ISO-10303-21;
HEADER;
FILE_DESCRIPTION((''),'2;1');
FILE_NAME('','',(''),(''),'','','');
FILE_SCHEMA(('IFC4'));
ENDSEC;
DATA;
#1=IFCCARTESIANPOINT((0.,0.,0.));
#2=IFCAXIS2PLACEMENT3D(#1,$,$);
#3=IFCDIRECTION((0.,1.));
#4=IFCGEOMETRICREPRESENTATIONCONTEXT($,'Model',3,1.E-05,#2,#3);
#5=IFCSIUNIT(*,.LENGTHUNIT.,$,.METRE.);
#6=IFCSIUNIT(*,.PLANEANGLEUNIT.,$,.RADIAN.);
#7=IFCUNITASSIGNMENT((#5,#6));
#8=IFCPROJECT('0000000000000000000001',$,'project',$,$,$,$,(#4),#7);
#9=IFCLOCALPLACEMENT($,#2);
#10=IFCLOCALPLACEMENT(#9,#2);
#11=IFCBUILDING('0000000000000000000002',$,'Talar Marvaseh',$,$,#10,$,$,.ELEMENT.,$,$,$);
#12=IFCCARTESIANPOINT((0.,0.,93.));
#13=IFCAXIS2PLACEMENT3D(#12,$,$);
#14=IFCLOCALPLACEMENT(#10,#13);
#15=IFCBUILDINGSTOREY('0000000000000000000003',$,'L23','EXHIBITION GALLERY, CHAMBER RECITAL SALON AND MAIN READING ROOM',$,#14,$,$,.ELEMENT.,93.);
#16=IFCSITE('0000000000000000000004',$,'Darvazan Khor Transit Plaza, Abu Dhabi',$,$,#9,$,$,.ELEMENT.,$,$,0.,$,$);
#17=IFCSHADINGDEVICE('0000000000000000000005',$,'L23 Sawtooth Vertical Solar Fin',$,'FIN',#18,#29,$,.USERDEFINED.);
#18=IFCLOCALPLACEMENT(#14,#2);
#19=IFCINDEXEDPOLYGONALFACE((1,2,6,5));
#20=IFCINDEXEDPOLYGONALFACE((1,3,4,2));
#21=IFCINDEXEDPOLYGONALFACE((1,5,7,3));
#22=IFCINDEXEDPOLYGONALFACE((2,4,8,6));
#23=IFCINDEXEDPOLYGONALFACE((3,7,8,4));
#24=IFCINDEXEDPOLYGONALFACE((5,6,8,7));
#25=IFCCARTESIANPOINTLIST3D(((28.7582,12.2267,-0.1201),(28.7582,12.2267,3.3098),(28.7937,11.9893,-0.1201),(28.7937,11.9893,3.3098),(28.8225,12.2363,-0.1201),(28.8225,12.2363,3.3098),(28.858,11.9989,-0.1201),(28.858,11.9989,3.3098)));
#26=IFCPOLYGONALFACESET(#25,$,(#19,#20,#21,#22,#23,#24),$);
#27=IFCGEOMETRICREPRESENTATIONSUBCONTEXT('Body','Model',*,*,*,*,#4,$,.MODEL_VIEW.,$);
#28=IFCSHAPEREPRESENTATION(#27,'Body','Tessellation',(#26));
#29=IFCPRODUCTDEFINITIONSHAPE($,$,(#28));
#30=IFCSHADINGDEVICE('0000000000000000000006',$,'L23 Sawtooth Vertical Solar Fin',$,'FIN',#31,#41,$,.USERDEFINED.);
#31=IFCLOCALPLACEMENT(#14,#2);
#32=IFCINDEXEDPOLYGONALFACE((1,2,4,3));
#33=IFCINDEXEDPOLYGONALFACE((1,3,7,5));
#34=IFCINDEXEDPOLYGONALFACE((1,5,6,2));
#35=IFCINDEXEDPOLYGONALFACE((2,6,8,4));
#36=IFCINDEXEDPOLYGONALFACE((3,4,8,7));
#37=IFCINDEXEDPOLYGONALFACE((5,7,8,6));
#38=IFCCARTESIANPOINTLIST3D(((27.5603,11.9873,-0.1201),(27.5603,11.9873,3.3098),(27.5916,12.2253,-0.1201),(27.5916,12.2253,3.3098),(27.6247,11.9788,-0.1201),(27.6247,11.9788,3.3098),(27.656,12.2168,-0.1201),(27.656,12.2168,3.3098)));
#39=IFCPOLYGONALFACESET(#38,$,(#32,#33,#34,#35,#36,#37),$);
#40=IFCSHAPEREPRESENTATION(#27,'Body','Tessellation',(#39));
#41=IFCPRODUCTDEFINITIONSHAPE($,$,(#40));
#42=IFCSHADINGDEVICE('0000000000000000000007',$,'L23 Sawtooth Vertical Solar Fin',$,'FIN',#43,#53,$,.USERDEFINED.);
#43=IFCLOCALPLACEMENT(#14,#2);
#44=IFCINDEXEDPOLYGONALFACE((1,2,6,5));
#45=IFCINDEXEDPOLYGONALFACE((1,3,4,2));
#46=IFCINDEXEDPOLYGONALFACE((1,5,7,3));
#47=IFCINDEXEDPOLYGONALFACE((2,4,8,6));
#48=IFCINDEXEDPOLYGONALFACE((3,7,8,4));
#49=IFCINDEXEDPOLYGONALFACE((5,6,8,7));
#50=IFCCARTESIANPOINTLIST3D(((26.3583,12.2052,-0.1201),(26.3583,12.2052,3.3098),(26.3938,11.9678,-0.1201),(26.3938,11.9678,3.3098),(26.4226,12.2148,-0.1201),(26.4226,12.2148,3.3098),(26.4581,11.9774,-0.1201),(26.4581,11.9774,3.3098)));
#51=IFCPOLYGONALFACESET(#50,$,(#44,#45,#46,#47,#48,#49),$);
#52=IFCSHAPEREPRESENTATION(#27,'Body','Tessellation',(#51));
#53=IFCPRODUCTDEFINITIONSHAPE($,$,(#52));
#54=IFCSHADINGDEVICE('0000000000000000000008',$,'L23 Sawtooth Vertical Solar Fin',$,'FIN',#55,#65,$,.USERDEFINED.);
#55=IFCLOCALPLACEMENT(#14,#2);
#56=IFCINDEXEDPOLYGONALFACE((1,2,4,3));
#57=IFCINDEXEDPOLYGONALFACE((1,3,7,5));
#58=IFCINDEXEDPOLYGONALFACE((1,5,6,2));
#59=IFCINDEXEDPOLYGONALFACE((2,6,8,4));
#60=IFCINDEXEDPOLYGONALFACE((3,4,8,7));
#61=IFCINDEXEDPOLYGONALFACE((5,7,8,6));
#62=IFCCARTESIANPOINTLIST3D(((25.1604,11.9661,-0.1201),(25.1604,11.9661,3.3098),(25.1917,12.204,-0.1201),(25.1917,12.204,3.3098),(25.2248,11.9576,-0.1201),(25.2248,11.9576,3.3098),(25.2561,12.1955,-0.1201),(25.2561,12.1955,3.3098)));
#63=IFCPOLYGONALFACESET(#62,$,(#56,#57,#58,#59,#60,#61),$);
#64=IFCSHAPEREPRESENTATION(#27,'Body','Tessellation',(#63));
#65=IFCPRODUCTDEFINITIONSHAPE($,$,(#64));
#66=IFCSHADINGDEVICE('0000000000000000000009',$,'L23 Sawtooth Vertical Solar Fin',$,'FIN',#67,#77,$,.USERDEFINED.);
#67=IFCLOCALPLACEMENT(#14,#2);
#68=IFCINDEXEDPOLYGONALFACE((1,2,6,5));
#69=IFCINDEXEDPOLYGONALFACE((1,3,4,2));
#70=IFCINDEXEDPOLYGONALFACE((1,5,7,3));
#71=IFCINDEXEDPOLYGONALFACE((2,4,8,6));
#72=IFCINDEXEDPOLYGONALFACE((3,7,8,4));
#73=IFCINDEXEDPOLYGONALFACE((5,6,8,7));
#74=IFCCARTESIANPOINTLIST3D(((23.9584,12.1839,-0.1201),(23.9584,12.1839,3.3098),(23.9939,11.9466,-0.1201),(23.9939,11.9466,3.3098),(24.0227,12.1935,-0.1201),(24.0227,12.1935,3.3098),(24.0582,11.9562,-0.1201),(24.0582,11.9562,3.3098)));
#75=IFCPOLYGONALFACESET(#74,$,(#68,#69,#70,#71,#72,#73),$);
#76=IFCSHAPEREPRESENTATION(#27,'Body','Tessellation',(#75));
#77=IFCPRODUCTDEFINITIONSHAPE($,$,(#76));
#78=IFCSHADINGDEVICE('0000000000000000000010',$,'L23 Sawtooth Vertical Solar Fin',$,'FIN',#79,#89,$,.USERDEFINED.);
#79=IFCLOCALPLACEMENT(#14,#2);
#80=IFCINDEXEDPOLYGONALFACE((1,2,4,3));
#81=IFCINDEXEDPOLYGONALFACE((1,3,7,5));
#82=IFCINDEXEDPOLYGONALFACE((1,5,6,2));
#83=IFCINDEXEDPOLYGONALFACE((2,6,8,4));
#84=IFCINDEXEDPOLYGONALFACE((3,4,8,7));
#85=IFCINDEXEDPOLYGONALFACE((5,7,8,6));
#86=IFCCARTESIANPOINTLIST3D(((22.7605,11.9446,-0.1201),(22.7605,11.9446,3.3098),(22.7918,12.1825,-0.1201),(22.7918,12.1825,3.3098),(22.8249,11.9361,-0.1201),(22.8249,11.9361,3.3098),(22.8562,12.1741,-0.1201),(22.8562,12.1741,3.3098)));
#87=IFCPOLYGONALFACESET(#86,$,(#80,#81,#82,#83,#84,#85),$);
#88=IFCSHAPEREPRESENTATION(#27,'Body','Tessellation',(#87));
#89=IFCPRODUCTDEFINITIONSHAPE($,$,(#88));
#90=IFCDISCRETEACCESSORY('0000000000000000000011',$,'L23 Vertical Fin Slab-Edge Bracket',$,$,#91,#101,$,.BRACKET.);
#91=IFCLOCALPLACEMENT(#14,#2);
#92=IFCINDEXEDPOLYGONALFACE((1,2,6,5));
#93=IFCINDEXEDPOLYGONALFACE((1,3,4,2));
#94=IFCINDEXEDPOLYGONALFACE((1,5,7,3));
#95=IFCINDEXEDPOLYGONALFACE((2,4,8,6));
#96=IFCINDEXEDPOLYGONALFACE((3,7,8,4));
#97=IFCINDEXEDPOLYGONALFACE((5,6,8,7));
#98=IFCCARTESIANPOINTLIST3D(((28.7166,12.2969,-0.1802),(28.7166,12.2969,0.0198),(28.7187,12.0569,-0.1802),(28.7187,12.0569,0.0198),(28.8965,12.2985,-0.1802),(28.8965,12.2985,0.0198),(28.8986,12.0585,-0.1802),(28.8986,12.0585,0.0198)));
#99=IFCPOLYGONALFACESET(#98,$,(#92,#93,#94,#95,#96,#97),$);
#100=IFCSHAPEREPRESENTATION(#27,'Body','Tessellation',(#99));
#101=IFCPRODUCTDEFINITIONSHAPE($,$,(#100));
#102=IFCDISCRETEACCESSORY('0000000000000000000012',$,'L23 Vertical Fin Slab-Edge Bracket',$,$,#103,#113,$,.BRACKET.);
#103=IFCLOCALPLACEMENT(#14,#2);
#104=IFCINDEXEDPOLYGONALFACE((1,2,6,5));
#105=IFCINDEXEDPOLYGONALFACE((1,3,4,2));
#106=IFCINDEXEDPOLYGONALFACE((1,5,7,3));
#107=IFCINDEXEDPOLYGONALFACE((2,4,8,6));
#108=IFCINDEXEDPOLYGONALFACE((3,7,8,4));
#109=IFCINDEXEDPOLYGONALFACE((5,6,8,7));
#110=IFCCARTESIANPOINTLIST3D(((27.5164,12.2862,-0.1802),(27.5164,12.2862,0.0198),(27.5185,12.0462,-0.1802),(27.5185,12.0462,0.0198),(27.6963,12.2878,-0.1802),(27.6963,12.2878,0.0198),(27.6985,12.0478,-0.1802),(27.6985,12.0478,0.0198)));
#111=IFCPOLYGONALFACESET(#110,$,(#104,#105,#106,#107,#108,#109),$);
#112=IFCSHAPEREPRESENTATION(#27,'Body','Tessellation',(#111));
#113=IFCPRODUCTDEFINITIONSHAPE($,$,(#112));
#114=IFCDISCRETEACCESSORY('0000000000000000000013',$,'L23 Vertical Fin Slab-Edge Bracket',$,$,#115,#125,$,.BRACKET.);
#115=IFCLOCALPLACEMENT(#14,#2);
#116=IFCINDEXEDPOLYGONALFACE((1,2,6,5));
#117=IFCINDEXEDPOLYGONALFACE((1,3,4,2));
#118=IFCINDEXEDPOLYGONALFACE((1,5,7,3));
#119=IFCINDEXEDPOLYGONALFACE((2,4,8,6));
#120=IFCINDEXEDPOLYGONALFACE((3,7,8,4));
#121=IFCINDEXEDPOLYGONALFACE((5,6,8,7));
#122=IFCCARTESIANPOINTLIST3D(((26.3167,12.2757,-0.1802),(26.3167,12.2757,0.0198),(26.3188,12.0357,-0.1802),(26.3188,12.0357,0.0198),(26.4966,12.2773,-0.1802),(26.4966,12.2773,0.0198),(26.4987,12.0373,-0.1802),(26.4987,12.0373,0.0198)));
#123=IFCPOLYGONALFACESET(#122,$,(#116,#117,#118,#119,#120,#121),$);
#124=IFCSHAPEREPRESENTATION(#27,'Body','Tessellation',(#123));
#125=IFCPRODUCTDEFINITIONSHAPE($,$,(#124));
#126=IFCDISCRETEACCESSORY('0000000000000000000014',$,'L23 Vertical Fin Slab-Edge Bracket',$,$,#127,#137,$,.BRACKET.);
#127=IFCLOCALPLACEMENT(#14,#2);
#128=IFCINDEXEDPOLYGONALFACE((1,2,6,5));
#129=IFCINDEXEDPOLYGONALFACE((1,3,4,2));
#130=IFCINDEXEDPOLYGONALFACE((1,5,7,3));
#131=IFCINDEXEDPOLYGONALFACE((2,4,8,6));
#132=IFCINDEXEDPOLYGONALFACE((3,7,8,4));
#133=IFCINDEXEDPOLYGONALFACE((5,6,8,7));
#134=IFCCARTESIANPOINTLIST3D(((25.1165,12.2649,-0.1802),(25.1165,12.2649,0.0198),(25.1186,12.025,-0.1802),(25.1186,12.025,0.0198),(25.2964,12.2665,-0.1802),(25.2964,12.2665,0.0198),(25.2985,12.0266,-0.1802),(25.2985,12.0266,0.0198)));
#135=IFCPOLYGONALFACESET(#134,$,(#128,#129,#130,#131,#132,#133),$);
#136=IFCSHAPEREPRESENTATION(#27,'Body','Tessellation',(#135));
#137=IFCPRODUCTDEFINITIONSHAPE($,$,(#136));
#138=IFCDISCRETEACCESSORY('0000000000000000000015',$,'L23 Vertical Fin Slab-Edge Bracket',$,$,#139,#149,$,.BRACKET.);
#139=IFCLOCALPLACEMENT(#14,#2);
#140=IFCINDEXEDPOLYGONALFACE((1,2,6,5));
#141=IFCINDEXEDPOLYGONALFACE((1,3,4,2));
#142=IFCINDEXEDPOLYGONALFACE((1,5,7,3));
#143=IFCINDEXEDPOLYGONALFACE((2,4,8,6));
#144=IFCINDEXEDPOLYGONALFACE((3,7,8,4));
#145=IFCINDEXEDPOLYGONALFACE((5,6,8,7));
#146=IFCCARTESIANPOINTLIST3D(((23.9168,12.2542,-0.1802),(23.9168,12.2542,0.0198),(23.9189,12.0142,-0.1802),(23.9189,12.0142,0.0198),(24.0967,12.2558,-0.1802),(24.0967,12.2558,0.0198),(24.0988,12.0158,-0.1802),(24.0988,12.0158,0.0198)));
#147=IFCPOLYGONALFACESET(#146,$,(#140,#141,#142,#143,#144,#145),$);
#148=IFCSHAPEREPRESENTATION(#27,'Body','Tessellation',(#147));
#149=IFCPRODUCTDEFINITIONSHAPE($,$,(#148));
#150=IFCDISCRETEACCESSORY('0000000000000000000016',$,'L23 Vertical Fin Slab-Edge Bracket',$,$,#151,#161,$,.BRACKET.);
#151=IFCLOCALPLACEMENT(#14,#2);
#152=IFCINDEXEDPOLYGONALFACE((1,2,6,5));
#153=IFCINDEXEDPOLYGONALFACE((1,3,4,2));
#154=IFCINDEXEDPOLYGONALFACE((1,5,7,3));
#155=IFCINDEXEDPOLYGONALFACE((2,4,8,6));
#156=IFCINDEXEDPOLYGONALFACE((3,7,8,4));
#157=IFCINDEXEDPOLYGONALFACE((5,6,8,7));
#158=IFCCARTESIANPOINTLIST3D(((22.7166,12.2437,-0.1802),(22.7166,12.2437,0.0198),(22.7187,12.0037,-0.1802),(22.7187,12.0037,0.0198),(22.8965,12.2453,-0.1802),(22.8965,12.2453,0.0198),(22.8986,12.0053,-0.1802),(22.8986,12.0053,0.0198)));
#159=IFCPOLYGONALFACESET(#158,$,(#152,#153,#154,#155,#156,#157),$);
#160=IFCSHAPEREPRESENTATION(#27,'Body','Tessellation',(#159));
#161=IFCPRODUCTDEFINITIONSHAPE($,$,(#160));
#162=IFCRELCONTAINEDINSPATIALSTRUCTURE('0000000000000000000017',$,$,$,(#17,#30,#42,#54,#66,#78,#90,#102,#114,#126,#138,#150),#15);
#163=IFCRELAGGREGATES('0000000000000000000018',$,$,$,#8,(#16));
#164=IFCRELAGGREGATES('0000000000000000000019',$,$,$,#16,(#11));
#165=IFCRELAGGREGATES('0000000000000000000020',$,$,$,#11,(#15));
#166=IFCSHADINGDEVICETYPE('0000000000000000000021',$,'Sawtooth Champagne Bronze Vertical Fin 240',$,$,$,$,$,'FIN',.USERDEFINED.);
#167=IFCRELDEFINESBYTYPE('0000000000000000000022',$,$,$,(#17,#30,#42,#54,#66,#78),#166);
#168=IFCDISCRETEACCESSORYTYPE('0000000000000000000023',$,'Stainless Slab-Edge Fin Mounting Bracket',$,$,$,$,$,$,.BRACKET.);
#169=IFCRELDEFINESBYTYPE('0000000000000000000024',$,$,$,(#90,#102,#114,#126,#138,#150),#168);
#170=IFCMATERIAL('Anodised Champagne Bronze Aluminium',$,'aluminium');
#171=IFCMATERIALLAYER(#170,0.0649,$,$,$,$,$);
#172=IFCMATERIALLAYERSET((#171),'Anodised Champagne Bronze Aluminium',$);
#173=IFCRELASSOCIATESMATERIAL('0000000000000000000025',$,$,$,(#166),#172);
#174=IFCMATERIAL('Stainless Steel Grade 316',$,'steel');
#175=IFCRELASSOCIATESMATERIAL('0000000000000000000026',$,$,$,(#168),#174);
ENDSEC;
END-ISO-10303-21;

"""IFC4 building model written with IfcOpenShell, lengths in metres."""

from ifc_helpers import new_model, si_unit, direction, frame, origin, origin_2d, place, context, subcontext, project, spatial, rectangle, extrude, source, transform, mapped, material, layer, layer_set, type_object, type_shapes, element, save


model = new_model("IFC4")

# Units and contexts
model_context = context("Model", 3, precision=1e-05, world=origin(), true_north=direction((0.0, 1.0)))
body_context = subcontext(model_context, "Body", "Model", "MODEL_VIEW")
ifc_project = project(units=[si_unit("LENGTHUNIT", "METRE"), si_unit("PLANEANGLEUNIT", "RADIAN")], contexts=[model_context])

# Site, building, storey
site_placement = place(None, origin())
site = spatial("IfcSite", under=ifc_project, at=site_placement, Name="Darvazan Khor Transit Plaza, Abu Dhabi", CompositionType="ELEMENT", RefElevation=0.0)
building_placement = place(site_placement, origin())
building = spatial("IfcBuilding", under=site, at=building_placement, Name="Talar Marvaseh", CompositionType="ELEMENT")
storey_placement = place(building_placement, frame((0.0, 0.0, 93.0)))
storey = spatial("IfcBuildingStorey", under=building, at=storey_placement, Name="L23", Description="EXHIBITION GALLERY, CHAMBER RECITAL SALON AND MAIN READING ROOM", CompositionType="ELEMENT", Elevation=93.0)

# Shading devices
ifc_material_1 = material(Name="Anodised Champagne Bronze Aluminium", Category="aluminium")
ifc_layer_1 = layer(ifc_material_1, 0.0649)
ifc_layer_set_1 = layer_set([ifc_layer_1], Name="Anodised Champagne Bronze Aluminium")
shading_device_type = type_object("IfcShadingDeviceType", Name="Sawtooth Champagne Bronze Vertical Fin 240", ElementType="FIN", PredefinedType="USERDEFINED", material=ifc_layer_set_1)
shared_shape_1 = source(origin(), body_context, "Body", "SweptSolid", [
    extrude(rectangle(XDim=0.24, YDim=0.0649, at=origin_2d()), origin(), (0.0, 0.0, 1.0), 3.4299),
])
type_shapes(shading_device_type, [shared_shape_1])
for number, where, z_axis, x_axis, name in (
    (1, (28.8081, 12.1128, -0.1201), (0.0, 0.0, 1.0), (0.147982, -0.98899, 0.0), "L23 Sawtooth Vertical Solar Fin"),
    (2, (27.6082, 12.1021, -0.1201), (0.0, 0.0, 1.0), (-0.130353, -0.991468, 0.0), "L23 Sawtooth Vertical Solar Fin"),
    (3, (26.4082, 12.0913, -0.1201), (0.0, 0.0, 1.0), (0.147982, -0.98899, 0.0), "L23 Sawtooth Vertical Solar Fin"),
    (4, (25.2083, 12.0808, -0.1201), (0.0, 0.0, 1.0), (-0.130353, -0.991468, 0.0), "L23 Sawtooth Vertical Solar Fin"),
    (5, (24.0083, 12.0701, -0.1201), (0.0, 0.0, 1.0), (0.147982, -0.98899, 0.0), "L23 Sawtooth Vertical Solar Fin"),
    (6, (22.8083, 12.0593, -0.1201), (0.0, 0.0, 1.0), (-0.130353, -0.991468, 0.0), "L23 Sawtooth Vertical Solar Fin"),
):
    element("IfcShadingDevice", number, at=place(storey_placement, frame(where, z_axis=z_axis, x_axis=x_axis)), inside=storey, type_object=shading_device_type, Name=name, ObjectType="FIN", PredefinedType="USERDEFINED", context=body_context, shape_type="MappedRepresentation", body=[
        mapped(shared_shape_1, transform((0.0, 0.0, 0.0), x_axis=(1.0, 0.0, 0.0), y_axis=(0.0, 1.0, 0.0), z_axis=(0.0, 0.0, 1.0), scale=1.0)),
    ])

# Discrete accessories
ifc_material_2 = material(Name="Stainless Steel Grade 316", Category="steel")
discrete_accessory_type = type_object("IfcDiscreteAccessoryType", Name="Stainless Slab-Edge Fin Mounting Bracket", PredefinedType="BRACKET", material=ifc_material_2)
shared_shape_2 = source(origin(), body_context, "Body", "SweptSolid", [
    extrude(rectangle(XDim=0.24, YDim=0.1799, at=origin_2d()), origin(), (0.0, 0.0, 1.0), 0.2),
])
type_shapes(discrete_accessory_type, [shared_shape_2])
for number, where, z_axis, x_axis, name in (
    (7, (28.8076, 12.1777, -0.1802), (0.0, 0.0, 1.0), (0.008901, -0.99996, 0.0), "L23 Vertical Fin Slab-Edge Bracket"),
    (8, (27.6074, 12.167, -0.1802), (0.0, 0.0, 1.0), (0.008901, -0.99996, 0.0), "L23 Vertical Fin Slab-Edge Bracket"),
    (9, (26.4077, 12.1565, -0.1802), (0.0, 0.0, 1.0), (0.008901, -0.99996, 0.0), "L23 Vertical Fin Slab-Edge Bracket"),
    (10, (25.2075, 12.1458, -0.1802), (0.0, 0.0, 1.0), (0.008901, -0.99996, 0.0), "L23 Vertical Fin Slab-Edge Bracket"),
    (11, (24.0078, 12.135, -0.1802), (0.0, 0.0, 1.0), (0.008901, -0.99996, 0.0), "L23 Vertical Fin Slab-Edge Bracket"),
    (12, (22.8076, 12.1245, -0.1802), (0.0, 0.0, 1.0), (0.008901, -0.99996, 0.0), "L23 Vertical Fin Slab-Edge Bracket"),
):
    element("IfcDiscreteAccessory", number, at=place(storey_placement, frame(where, z_axis=z_axis, x_axis=x_axis)), inside=storey, type_object=discrete_accessory_type, Name=name, PredefinedType="BRACKET", context=body_context, shape_type="MappedRepresentation", body=[
        mapped(shared_shape_2, transform((0.0, 0.0, 0.0), x_axis=(1.0, 0.0, 0.0), y_axis=(0.0, 1.0, 0.0), z_axis=(0.0, 0.0, 1.0), scale=1.0)),
    ])

save(model, "model.ifc")
